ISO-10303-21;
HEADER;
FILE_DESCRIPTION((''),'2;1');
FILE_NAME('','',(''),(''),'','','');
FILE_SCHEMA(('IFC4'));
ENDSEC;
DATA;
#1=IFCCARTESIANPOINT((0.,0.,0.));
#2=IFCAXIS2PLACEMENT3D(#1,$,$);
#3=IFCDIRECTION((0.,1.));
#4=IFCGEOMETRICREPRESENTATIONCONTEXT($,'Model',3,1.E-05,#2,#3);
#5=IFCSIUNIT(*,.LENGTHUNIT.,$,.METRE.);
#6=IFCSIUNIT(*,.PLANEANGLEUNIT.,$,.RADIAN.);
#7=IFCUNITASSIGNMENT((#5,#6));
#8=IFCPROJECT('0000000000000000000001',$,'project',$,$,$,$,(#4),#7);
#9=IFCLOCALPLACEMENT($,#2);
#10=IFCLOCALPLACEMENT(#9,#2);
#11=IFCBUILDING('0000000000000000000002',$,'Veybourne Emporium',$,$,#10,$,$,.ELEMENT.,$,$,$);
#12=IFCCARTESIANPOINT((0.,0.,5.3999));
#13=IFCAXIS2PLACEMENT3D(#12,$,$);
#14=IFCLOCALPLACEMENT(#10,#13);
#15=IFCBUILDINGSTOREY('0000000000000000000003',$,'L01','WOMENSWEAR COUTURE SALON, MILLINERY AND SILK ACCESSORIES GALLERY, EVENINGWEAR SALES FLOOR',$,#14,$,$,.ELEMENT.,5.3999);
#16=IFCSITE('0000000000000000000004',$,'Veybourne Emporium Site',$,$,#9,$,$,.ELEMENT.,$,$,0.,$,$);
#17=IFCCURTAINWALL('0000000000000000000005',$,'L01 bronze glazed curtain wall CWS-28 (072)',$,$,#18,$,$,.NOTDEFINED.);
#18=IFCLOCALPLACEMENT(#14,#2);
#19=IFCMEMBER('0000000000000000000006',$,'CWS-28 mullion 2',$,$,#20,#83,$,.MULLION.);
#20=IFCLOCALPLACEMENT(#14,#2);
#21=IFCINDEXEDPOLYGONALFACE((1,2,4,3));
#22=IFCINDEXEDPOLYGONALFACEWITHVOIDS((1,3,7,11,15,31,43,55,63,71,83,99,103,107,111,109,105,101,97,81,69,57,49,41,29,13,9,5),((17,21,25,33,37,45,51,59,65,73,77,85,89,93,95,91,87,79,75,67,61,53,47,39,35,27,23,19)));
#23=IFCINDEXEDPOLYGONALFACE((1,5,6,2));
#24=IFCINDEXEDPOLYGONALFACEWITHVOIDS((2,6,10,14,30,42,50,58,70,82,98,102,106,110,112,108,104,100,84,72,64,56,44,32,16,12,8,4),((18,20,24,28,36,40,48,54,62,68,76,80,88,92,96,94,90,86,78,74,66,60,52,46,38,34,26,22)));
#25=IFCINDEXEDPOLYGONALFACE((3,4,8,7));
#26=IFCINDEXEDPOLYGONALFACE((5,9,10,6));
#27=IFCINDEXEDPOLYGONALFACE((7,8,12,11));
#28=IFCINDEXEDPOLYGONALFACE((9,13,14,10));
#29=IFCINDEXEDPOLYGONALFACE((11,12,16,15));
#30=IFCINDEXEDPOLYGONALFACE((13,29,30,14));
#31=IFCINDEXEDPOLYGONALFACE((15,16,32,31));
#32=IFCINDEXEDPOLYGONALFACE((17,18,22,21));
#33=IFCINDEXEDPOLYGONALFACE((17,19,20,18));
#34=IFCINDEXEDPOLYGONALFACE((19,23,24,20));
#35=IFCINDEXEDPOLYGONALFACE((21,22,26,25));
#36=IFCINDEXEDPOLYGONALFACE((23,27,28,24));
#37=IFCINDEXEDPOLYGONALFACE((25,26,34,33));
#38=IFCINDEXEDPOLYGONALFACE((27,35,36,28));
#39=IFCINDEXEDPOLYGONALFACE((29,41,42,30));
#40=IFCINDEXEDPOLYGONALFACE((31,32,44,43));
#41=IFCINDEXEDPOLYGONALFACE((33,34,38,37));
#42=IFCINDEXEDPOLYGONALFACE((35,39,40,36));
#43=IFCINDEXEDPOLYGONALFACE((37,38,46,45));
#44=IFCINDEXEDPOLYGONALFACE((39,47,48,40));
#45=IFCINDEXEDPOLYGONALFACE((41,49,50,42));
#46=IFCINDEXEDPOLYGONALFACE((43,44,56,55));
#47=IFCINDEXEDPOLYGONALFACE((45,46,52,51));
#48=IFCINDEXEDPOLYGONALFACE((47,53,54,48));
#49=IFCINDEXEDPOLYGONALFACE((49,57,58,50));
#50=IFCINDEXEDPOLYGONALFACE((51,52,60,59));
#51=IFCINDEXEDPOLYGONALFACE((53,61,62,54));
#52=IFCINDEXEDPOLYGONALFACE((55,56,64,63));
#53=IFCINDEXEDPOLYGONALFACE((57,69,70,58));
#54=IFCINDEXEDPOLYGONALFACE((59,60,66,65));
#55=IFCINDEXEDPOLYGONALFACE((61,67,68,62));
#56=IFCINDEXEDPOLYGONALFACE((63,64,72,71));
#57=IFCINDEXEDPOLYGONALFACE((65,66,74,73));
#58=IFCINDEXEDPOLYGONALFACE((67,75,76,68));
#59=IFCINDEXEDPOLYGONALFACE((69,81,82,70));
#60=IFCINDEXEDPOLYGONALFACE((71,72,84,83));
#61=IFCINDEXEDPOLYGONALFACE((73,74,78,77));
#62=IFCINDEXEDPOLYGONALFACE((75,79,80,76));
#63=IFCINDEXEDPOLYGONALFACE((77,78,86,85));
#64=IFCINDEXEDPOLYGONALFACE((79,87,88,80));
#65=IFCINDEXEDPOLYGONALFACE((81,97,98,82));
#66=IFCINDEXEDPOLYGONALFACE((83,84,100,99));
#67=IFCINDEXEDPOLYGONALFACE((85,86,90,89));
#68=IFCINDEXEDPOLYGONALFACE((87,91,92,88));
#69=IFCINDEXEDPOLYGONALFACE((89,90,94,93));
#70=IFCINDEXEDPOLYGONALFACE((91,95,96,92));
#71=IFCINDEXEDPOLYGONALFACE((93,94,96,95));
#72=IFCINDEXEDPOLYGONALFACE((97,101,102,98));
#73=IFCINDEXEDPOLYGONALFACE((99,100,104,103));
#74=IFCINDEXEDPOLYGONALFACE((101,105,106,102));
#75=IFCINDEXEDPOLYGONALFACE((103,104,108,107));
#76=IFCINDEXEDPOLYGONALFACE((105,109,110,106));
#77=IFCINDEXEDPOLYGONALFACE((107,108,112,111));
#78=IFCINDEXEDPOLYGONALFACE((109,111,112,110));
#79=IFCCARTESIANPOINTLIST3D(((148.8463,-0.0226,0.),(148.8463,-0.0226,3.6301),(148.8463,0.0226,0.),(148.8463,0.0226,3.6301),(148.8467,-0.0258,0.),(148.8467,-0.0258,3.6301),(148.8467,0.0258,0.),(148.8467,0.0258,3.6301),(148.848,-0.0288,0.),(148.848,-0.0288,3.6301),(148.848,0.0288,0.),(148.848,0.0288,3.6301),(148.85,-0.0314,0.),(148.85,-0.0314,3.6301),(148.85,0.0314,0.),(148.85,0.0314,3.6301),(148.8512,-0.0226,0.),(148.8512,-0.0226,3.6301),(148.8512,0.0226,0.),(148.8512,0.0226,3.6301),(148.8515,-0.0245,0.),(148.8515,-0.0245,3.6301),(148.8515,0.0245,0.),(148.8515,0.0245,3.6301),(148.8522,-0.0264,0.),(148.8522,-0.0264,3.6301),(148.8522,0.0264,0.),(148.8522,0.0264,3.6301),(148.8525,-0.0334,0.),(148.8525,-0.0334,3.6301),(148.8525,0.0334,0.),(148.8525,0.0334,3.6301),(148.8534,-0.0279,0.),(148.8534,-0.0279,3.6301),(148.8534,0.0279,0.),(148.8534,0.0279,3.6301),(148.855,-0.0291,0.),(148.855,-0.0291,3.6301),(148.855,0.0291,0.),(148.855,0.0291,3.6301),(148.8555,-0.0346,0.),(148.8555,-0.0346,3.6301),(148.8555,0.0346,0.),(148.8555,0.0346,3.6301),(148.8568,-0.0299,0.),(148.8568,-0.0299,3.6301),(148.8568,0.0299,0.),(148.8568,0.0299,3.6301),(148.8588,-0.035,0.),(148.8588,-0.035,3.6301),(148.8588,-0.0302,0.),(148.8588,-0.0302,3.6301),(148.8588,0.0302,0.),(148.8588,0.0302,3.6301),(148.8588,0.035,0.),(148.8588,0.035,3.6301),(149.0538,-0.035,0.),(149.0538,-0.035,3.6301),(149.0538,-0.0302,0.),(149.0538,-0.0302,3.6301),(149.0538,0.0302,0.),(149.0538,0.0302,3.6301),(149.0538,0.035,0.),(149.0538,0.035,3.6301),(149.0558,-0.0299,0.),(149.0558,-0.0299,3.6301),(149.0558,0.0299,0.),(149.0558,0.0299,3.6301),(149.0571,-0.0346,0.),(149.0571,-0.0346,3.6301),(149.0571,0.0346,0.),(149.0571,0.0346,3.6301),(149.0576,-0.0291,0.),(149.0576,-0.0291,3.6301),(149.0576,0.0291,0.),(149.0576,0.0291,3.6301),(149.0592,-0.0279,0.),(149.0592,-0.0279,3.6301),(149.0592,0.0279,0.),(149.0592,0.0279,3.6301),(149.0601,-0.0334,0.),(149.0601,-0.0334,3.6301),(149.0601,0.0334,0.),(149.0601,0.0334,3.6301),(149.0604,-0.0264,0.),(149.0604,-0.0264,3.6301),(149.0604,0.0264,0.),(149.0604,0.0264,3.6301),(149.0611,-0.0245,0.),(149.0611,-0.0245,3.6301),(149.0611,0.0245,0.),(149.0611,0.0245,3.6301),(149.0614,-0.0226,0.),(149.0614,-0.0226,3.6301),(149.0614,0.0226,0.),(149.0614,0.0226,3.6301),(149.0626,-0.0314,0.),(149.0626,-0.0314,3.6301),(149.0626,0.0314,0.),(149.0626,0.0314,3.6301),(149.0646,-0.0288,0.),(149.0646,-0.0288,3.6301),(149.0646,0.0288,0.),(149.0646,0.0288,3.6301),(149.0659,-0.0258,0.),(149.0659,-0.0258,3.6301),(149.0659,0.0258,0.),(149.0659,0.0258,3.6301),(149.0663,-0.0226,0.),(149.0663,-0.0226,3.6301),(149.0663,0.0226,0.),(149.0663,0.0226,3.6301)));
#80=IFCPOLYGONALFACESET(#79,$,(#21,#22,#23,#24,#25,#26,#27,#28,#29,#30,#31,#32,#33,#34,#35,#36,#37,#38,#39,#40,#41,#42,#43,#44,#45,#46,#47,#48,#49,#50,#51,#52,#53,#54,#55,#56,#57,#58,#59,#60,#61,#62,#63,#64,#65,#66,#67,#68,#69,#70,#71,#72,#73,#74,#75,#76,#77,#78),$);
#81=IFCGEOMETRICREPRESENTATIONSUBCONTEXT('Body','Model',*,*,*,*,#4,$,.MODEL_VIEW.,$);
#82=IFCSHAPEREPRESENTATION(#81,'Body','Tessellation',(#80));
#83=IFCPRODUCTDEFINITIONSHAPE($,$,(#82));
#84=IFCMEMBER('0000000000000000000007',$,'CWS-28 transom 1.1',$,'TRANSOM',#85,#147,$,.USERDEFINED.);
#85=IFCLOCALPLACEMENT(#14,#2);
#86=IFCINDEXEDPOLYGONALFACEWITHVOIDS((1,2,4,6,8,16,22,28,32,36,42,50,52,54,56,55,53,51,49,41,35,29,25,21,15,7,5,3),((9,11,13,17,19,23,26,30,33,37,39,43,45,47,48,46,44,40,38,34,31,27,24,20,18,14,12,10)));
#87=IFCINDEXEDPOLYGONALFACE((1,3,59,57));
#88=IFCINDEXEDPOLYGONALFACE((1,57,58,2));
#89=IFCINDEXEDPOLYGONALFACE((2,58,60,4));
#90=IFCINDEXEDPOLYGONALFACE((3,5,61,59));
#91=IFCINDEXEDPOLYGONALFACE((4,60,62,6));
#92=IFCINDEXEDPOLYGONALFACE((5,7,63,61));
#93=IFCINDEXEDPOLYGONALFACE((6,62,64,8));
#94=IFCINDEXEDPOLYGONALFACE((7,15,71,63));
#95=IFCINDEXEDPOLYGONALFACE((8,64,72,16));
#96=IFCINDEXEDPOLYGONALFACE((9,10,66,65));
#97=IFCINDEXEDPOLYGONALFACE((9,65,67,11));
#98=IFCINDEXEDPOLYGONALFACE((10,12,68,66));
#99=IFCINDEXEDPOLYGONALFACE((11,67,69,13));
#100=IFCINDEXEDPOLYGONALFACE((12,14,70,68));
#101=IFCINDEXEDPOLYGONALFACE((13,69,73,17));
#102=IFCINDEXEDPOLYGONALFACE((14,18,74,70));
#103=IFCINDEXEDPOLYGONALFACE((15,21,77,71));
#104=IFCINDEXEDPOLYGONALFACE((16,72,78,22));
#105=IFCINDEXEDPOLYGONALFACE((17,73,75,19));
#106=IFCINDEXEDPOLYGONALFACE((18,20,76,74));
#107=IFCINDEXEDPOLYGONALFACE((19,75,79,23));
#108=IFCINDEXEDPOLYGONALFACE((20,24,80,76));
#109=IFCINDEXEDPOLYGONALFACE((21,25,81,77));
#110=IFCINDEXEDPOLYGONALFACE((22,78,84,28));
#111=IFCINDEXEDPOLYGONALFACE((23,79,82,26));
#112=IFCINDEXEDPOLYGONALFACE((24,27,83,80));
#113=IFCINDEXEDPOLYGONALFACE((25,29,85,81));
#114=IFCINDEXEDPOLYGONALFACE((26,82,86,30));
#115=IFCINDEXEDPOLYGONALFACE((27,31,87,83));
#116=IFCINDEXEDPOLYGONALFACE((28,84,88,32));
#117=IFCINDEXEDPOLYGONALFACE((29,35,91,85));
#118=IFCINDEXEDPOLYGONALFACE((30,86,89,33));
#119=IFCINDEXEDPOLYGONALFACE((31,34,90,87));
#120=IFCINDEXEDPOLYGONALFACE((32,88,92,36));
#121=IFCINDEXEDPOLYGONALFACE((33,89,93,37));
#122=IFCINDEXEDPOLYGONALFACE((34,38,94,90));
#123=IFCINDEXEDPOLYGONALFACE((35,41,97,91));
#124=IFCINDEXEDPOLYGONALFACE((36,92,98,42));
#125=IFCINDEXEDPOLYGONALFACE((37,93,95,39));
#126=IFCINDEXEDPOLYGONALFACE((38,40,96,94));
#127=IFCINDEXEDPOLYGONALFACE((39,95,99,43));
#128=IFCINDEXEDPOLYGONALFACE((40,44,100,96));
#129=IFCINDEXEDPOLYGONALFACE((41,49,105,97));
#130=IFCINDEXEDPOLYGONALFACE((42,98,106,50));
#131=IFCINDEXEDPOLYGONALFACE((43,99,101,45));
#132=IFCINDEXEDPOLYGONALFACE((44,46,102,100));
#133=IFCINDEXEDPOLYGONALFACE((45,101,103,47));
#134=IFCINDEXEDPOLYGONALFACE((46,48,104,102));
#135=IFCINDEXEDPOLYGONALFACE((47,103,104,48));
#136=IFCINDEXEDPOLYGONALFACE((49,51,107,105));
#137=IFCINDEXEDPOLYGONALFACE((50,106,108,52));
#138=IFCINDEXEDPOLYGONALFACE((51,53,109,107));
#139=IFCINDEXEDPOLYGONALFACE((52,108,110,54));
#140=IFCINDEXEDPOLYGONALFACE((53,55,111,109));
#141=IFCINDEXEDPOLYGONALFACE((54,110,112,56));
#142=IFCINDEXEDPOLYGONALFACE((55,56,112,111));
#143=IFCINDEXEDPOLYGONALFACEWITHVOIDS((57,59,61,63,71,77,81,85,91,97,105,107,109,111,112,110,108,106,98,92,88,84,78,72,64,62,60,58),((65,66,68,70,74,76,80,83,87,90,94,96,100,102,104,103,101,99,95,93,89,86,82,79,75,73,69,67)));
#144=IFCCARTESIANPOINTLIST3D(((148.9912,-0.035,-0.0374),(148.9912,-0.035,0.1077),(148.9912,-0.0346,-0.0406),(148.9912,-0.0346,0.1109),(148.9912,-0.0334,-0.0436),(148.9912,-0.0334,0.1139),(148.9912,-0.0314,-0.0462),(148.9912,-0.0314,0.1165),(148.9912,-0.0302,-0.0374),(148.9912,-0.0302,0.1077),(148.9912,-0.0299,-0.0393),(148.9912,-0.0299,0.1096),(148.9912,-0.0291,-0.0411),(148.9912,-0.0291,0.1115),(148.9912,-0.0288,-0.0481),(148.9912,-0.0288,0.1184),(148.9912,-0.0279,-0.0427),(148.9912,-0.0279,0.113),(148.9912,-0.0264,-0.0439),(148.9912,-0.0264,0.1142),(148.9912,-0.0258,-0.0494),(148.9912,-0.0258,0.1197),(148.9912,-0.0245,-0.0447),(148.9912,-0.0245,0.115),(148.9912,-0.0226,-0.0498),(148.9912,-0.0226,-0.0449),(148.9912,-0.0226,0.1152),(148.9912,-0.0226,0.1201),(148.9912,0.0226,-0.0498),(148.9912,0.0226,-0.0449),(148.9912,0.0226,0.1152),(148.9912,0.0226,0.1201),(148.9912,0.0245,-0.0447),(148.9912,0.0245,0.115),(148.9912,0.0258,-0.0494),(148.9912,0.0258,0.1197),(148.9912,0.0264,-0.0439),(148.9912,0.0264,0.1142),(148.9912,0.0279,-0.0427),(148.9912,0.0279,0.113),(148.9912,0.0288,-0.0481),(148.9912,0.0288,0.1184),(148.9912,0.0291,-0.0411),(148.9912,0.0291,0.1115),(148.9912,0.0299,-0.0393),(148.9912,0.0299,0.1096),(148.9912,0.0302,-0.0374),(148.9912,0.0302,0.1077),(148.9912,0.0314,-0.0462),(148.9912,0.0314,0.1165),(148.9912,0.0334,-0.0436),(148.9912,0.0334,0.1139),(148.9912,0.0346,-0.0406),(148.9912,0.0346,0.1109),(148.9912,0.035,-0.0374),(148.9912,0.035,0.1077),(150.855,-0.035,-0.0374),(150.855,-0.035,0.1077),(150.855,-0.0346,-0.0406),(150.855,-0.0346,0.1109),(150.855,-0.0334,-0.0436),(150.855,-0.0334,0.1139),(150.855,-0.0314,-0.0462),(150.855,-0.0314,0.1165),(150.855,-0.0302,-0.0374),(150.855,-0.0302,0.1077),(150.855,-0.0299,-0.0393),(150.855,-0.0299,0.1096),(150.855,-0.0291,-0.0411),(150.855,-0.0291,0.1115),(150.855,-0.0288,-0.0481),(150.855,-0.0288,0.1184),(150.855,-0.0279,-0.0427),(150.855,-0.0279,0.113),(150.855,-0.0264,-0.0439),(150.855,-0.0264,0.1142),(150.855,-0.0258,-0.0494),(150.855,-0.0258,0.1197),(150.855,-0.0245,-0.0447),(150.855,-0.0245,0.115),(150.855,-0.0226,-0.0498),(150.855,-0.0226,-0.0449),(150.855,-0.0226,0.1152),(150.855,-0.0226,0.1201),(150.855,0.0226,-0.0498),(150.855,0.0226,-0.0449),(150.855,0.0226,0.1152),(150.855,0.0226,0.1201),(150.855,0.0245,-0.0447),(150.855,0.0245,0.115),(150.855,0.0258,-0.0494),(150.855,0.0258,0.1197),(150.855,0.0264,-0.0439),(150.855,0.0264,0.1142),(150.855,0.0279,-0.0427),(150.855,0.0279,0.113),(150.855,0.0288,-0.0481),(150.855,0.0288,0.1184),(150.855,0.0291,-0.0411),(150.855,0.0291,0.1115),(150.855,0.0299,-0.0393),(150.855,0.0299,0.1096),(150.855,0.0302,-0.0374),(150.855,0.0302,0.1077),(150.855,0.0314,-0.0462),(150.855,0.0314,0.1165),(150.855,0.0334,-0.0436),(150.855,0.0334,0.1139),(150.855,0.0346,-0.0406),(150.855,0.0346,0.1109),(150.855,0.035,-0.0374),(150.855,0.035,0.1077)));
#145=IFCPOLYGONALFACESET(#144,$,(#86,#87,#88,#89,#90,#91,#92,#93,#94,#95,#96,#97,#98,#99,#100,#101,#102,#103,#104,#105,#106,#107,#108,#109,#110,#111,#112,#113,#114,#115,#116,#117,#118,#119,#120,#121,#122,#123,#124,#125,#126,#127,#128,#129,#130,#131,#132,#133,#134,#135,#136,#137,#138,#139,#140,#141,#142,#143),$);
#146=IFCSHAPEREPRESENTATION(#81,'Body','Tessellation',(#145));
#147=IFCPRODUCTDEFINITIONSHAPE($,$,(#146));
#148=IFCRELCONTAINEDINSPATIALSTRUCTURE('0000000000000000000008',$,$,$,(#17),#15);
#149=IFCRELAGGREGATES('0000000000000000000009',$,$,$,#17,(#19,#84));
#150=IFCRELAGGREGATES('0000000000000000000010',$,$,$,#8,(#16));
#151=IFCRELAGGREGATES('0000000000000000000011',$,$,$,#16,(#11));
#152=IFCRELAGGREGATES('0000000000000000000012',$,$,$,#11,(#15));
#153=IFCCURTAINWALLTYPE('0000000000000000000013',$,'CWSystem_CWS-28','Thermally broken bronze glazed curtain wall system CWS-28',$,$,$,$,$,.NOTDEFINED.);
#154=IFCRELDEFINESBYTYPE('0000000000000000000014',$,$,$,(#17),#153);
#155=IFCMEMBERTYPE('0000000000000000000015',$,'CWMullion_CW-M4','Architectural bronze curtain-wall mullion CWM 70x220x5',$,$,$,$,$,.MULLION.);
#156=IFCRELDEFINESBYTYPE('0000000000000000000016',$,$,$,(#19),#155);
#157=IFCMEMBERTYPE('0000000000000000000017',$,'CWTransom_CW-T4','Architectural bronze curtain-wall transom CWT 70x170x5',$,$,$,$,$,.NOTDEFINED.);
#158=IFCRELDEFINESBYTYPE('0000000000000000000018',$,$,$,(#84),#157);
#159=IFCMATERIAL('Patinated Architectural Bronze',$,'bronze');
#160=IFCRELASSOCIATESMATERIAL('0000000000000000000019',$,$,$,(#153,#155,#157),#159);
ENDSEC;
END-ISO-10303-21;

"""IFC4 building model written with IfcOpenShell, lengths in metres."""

from ifc_helpers import new_model, si_unit, direction, frame, origin, origin_2d, place, context, subcontext, project, spatial, hollow_rectangle, extrude, material, material_profile, profile_set, type_object, element, aggregate, save


model = new_model("IFC4")

# Units and contexts
model_context = context("Model", 3, precision=1e-05, world=origin(), true_north=direction((0.0, 1.0)))
body_context = subcontext(model_context, "Body", "Model", "MODEL_VIEW")
ifc_project = project(units=[si_unit("LENGTHUNIT", "METRE"), si_unit("PLANEANGLEUNIT", "RADIAN")], contexts=[model_context])

# Site, building, storey
site_placement = place(None, origin())
site = spatial("IfcSite", under=ifc_project, at=site_placement, Name="Veybourne Emporium Site", CompositionType="ELEMENT", RefElevation=0.0)
building_placement = place(site_placement, origin())
building = spatial("IfcBuilding", under=site, at=building_placement, Name="Veybourne Emporium", CompositionType="ELEMENT")
storey_placement = place(building_placement, frame((0.0, 0.0, 5.3999)))
storey = spatial("IfcBuildingStorey", under=building, at=storey_placement, Name="L01", Description="WOMENSWEAR COUTURE SALON, MILLINERY AND SILK ACCESSORIES GALLERY, EVENINGWEAR SALES FLOOR", CompositionType="ELEMENT", Elevation=5.3999)

# Shared definitions
ifc_material_1 = material(Name="Patinated Architectural Bronze", Category="bronze")

# Curtain wall, members
curtain_wall_type_1 = type_object("IfcCurtainWallType", Name="CWSystem_CWS-28", Description="Thermally broken bronze glazed curtain wall system CWS-28", PredefinedType="NOTDEFINED", material=ifc_material_1)
curtain_wall_1_placement = place(storey_placement, origin())
curtain_wall_1 = element("IfcCurtainWall", 1, at=curtain_wall_1_placement, inside=storey, type_object=curtain_wall_type_1, Name="L01 bronze glazed curtain wall CWS-28 (072)", PredefinedType="NOTDEFINED")
ifc_material_profile_1 = material_profile(ifc_material_1, hollow_rectangle(XDim=0.0701, YDim=0.22, WallThickness=0.0049, InnerFilletRadius=0.0076, OuterFilletRadius=0.0125, at=origin_2d()), Name="CWM 70x220x5")
ifc_profile_set_1 = profile_set([ifc_material_profile_1], Name="Patinated Architectural Bronze")
member_type_1 = type_object("IfcMemberType", Name="CWMullion_CW-M4", Description="Architectural bronze curtain-wall mullion CWM 70x220x5", PredefinedType="MULLION", material=ifc_profile_set_1)
member_1_placement = place(storey_placement, frame((148.9563, 0.0, 0.0), z_axis=(0.0, 0.0, 1.0), x_axis=(0.0, -1.0, 0.0)))
member_1 = element("IfcMember", 2, at=member_1_placement, type_object=member_type_1, Name="CWS-28 mullion 2", PredefinedType="MULLION", context=body_context, shape_type="SweptSolid", body=[
    extrude(hollow_rectangle(XDim=0.0701, YDim=0.22, WallThickness=0.0049, InnerFilletRadius=0.0076, OuterFilletRadius=0.0125, at=origin_2d()), origin(), (0.0, 0.0, 1.0), 3.6301),
])
ifc_material_profile_2 = material_profile(ifc_material_1, hollow_rectangle(XDim=0.0701, YDim=0.1699, WallThickness=0.0049, InnerFilletRadius=0.0076, OuterFilletRadius=0.0125, at=origin_2d()), Name="CWT 70x170x5")
ifc_profile_set_2 = profile_set([ifc_material_profile_2], Name="Patinated Architectural Bronze")
member_type_2 = type_object("IfcMemberType", Name="CWTransom_CW-T4", Description="Architectural bronze curtain-wall transom CWT 70x170x5", PredefinedType="NOTDEFINED", material=ifc_profile_set_2)
member_2_placement = place(storey_placement, frame((150.855, 0.0, 0.0352), z_axis=(-1.0, 0.0, 0.0), x_axis=(0.0, -1.0, 0.0)))
member_2 = element("IfcMember", 3, at=member_2_placement, type_object=member_type_2, Name="CWS-28 transom 1.1", ObjectType="TRANSOM", PredefinedType="USERDEFINED", context=body_context, shape_type="SweptSolid", body=[
    extrude(hollow_rectangle(XDim=0.0701, YDim=0.1699, WallThickness=0.0049, InnerFilletRadius=0.0076, OuterFilletRadius=0.0125, at=origin_2d()), origin(), (0.0, 0.0, 1.0), 1.8638),
])

aggregate(curtain_wall_1, [member_1, member_2])

save(model, "model.ifc")
